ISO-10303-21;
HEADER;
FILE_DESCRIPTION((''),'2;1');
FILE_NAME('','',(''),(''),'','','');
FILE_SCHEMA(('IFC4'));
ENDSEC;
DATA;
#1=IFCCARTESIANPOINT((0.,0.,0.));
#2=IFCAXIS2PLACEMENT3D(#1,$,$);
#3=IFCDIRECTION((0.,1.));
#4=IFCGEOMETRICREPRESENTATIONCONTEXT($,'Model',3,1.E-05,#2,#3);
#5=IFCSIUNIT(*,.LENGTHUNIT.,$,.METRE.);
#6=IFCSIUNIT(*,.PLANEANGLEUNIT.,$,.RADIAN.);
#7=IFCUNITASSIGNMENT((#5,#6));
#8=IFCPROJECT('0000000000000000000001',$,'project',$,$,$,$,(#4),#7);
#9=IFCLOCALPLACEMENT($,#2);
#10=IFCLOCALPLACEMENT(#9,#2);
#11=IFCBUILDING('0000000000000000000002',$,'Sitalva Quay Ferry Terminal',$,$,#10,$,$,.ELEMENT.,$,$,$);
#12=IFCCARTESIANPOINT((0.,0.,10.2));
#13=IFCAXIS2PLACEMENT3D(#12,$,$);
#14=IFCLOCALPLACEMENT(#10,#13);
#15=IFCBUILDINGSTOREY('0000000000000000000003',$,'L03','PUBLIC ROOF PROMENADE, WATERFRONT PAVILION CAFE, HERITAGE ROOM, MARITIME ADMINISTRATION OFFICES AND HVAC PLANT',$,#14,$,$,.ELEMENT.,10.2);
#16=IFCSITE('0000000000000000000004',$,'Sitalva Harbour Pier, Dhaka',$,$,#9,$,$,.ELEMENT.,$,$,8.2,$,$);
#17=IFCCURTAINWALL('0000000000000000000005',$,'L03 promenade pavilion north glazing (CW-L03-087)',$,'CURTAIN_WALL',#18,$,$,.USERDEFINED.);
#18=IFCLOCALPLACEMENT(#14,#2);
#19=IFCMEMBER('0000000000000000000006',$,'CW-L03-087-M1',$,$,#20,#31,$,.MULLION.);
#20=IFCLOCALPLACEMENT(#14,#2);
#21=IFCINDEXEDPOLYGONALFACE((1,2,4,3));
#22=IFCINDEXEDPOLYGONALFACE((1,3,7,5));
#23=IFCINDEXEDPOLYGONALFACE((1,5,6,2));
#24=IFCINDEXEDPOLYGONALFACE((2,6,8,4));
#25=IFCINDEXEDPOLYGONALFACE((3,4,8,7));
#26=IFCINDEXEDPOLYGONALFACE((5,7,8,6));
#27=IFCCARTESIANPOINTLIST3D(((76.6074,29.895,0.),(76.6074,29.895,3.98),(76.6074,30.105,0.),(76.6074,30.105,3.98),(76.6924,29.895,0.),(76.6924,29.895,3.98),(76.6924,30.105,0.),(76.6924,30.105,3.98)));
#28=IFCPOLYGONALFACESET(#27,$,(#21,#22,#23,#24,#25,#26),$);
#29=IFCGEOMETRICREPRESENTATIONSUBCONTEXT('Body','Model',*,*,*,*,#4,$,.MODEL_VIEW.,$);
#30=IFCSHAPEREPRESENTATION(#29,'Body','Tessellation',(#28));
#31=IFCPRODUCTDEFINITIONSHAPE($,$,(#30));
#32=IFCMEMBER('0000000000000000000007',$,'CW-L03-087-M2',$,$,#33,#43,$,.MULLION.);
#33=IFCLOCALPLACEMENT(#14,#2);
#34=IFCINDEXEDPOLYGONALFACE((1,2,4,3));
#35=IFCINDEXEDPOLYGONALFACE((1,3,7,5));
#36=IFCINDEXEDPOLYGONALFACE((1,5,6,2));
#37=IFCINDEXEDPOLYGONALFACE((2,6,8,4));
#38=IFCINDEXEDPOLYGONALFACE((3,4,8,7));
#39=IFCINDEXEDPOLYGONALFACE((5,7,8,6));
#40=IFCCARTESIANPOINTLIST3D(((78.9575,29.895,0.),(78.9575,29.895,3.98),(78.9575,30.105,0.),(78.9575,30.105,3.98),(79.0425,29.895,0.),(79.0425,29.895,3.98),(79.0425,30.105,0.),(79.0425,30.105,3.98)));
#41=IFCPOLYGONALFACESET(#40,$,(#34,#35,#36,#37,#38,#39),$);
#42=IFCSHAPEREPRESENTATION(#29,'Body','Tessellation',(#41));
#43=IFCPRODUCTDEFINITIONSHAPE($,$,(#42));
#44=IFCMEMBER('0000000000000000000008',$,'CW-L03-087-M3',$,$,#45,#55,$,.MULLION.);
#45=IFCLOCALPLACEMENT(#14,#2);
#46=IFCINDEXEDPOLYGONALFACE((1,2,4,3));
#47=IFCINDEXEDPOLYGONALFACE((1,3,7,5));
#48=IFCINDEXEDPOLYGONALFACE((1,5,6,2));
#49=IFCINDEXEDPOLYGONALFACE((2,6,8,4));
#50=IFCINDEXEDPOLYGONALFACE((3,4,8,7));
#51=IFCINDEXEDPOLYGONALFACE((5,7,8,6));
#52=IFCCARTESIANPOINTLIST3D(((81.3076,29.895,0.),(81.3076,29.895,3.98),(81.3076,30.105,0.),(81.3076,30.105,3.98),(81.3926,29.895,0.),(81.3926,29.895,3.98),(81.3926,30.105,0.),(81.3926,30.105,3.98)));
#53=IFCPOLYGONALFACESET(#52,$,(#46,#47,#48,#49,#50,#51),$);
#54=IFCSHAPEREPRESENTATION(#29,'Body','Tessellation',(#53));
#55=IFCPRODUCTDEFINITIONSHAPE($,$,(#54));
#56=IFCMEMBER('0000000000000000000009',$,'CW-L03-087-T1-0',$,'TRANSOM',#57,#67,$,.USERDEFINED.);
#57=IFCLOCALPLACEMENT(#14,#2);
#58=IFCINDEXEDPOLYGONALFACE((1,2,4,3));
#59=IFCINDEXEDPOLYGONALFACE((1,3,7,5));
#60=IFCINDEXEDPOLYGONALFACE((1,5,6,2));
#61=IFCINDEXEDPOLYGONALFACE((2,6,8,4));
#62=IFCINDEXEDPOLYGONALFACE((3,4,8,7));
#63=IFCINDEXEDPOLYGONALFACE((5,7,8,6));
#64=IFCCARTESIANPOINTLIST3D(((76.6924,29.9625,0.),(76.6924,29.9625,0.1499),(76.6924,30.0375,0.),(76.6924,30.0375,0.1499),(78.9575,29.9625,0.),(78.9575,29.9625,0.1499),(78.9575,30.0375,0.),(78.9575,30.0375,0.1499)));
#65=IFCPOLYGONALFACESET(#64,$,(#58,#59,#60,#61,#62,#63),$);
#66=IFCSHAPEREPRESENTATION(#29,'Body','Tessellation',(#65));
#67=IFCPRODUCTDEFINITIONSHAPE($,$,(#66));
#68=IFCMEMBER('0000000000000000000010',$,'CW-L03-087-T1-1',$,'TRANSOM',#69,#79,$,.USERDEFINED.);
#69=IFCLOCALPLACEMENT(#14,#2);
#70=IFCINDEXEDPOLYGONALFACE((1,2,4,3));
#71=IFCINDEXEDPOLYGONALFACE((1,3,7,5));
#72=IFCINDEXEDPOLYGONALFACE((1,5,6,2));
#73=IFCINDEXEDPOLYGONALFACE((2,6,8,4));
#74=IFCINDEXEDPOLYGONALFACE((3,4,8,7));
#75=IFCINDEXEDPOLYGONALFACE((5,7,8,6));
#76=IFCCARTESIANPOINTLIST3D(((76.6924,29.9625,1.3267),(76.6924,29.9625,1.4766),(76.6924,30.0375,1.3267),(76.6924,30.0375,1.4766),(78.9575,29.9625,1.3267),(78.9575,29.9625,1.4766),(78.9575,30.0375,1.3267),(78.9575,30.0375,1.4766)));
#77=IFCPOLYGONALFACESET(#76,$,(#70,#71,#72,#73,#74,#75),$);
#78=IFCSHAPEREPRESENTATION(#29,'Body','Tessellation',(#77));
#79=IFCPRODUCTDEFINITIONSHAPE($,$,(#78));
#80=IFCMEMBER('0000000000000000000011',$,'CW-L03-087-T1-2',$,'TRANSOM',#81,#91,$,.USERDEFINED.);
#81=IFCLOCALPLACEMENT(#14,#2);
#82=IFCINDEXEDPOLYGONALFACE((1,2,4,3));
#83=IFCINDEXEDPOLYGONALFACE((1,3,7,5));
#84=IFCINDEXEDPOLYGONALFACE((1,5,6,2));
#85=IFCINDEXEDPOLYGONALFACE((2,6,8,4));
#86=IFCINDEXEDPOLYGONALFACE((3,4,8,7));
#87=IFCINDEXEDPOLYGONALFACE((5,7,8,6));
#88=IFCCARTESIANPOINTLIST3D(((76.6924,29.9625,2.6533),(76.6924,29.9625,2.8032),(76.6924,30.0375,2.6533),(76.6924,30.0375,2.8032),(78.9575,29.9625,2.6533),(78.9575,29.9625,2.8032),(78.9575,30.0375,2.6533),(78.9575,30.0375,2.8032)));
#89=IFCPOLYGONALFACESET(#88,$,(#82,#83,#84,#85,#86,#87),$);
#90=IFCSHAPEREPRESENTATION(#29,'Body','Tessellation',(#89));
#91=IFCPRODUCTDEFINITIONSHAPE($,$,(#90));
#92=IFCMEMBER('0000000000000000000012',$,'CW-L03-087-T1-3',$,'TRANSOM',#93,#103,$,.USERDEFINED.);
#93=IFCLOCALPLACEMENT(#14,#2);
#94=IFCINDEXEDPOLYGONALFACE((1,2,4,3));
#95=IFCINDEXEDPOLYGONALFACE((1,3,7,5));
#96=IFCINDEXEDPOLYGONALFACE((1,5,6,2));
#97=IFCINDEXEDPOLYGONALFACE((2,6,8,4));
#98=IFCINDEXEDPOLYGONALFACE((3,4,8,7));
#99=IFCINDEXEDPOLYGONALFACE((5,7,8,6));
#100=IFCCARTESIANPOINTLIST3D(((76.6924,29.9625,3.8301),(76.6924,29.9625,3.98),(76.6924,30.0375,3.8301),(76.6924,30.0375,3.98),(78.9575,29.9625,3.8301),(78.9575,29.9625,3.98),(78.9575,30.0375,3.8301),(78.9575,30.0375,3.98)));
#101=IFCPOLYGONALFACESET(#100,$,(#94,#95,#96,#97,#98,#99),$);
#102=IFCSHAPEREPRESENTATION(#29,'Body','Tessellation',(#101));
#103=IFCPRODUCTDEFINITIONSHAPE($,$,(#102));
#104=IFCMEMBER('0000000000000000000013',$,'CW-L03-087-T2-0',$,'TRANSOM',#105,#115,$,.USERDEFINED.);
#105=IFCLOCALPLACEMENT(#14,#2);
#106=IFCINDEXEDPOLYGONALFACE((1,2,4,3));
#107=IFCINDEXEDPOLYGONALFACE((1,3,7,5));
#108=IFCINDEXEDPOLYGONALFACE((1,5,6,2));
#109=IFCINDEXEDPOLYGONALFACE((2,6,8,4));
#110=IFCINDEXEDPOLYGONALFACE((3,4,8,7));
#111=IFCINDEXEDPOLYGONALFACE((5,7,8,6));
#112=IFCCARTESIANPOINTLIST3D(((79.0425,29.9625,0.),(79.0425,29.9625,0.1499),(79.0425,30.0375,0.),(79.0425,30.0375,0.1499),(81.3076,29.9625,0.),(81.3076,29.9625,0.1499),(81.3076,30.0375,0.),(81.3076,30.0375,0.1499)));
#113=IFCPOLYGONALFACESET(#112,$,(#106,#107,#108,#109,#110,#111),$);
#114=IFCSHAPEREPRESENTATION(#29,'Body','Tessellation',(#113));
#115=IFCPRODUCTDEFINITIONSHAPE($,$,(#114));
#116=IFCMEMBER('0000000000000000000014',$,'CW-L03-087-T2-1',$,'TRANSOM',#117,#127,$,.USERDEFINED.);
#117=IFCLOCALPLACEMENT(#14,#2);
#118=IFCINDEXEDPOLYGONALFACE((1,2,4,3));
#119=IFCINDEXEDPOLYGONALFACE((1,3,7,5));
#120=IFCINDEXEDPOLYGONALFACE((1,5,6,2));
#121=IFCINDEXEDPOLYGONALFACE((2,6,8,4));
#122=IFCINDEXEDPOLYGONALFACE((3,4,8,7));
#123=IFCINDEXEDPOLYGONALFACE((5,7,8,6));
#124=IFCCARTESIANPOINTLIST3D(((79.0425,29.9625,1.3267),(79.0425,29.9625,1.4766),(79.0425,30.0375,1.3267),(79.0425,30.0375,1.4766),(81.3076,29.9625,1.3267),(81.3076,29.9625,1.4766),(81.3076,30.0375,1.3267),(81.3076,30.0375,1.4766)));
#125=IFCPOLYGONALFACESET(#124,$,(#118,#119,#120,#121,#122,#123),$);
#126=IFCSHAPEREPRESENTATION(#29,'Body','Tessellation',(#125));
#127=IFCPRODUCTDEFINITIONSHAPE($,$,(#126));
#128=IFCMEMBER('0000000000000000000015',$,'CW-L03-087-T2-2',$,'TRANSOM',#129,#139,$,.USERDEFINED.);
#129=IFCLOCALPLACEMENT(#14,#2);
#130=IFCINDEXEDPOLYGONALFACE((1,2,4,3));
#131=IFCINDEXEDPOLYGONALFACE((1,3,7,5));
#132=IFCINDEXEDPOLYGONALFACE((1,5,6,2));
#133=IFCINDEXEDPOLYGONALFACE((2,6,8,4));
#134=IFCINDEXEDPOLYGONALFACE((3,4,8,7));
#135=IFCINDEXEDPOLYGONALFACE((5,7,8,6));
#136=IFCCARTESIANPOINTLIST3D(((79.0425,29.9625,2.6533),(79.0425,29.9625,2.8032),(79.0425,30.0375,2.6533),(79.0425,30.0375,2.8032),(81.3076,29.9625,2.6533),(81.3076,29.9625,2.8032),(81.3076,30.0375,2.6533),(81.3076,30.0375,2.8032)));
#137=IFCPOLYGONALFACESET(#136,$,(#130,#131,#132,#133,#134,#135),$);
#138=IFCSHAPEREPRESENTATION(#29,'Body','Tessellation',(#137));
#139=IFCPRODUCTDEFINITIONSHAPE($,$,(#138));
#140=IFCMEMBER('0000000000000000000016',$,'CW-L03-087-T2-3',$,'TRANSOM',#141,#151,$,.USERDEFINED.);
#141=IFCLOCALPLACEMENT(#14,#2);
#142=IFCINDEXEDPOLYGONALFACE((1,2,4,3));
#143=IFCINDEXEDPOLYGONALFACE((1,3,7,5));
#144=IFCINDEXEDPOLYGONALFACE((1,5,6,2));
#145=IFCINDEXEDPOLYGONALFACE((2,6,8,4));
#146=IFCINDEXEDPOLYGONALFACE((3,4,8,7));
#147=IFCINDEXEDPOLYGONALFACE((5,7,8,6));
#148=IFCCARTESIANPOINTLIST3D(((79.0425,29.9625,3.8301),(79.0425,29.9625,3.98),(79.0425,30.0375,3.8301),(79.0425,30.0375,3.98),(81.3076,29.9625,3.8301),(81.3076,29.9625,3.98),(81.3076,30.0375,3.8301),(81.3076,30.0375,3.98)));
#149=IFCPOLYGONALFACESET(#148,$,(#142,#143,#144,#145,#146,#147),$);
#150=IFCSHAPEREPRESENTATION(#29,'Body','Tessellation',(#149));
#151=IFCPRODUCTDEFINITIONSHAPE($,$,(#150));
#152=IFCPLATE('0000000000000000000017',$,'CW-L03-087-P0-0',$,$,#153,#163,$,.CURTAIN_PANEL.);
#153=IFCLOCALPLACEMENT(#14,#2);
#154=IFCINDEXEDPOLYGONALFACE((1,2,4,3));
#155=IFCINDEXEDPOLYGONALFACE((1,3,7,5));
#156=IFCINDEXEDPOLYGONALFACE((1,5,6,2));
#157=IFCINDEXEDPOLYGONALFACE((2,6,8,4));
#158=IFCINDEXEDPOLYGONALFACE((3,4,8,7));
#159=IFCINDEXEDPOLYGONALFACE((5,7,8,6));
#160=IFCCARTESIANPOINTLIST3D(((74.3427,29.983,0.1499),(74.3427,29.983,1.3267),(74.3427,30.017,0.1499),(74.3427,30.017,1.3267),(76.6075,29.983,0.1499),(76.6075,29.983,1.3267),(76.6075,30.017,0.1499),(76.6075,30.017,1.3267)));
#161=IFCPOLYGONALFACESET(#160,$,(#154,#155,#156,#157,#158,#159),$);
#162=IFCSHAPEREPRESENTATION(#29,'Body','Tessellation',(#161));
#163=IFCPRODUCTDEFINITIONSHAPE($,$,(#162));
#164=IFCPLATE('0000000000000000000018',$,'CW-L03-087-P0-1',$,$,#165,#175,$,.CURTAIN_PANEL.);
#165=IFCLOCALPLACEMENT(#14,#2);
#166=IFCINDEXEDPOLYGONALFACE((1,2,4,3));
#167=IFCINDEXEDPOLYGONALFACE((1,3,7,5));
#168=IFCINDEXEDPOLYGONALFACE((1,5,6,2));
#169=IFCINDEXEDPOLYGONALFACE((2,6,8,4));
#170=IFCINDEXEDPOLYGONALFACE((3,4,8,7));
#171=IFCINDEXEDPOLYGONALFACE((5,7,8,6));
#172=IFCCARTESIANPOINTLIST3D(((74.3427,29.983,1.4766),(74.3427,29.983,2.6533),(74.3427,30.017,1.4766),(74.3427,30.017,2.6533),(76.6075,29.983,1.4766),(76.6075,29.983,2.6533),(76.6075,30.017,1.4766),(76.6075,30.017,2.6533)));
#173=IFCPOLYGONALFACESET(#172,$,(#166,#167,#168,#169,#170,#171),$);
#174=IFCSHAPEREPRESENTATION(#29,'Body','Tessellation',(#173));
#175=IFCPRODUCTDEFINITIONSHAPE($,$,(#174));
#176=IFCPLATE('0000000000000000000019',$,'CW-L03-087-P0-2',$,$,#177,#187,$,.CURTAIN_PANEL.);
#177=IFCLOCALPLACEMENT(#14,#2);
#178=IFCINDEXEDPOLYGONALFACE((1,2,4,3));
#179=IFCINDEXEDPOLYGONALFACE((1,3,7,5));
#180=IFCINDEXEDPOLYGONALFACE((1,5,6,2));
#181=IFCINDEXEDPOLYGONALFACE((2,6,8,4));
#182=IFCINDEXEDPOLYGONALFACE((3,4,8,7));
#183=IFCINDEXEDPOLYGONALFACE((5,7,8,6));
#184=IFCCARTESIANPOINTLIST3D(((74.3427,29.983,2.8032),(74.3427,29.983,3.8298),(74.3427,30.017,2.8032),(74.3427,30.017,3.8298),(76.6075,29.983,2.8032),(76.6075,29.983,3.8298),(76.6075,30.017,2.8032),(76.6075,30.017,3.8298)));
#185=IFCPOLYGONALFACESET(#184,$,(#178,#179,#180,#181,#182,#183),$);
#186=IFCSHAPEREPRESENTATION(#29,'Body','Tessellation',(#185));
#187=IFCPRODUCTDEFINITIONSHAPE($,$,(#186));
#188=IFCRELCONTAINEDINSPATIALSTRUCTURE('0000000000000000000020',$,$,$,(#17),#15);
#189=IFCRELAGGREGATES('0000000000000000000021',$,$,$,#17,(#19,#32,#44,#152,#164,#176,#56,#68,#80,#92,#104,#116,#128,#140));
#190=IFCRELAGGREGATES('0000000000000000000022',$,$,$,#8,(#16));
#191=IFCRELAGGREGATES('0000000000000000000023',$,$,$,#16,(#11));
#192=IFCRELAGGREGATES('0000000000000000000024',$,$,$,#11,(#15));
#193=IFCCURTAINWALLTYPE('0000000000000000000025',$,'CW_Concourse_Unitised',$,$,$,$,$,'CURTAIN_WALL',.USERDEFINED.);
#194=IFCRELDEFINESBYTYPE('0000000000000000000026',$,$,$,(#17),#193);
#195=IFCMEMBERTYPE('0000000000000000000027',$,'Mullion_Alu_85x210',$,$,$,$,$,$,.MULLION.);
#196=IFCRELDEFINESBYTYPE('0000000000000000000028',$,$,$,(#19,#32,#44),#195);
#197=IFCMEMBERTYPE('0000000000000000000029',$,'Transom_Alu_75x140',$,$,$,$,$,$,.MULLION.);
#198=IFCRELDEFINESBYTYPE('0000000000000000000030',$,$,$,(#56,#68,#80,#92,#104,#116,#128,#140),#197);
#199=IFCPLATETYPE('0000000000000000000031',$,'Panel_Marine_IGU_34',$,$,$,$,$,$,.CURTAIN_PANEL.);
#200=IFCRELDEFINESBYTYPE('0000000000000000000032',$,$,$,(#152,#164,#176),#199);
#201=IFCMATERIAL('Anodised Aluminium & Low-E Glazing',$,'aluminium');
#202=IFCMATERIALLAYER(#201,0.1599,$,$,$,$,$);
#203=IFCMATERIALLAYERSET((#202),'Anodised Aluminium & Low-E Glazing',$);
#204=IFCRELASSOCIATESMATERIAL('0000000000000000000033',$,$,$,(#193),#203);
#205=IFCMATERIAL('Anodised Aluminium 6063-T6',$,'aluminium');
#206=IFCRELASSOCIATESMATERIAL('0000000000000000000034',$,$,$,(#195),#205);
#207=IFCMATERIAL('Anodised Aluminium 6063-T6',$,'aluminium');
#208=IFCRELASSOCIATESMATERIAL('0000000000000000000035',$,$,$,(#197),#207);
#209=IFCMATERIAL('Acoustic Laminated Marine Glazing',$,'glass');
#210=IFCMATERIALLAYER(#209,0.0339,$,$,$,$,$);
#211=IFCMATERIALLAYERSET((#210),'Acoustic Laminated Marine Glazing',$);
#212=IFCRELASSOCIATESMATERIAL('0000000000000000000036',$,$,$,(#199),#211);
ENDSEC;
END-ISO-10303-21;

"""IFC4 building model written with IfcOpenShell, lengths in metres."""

from ifc_helpers import new_model, si_unit, direction, frame, origin, origin_2d, place, context, subcontext, project, spatial, rectangle, extrude, material, layer, layer_set, material_profile, profile_set, type_object, element, aggregate, save


model = new_model("IFC4")

# Units and contexts
model_context = context("Model", 3, precision=1e-05, world=origin(), true_north=direction((0.0, 1.0)))
body_context = subcontext(model_context, "Body", "Model", "MODEL_VIEW")
ifc_project = project(units=[si_unit("LENGTHUNIT", "METRE"), si_unit("PLANEANGLEUNIT", "RADIAN")], contexts=[model_context])

# Site, building, storey
site_placement = place(None, origin())
site = spatial("IfcSite", under=ifc_project, at=site_placement, Name="Sitalva Harbour Pier, Dhaka", CompositionType="ELEMENT", RefElevation=8.2)
building_placement = place(site_placement, origin())
building = spatial("IfcBuilding", under=site, at=building_placement, Name="Sitalva Quay Ferry Terminal", CompositionType="ELEMENT")
storey_placement = place(building_placement, frame((0.0, 0.0, 10.2)))
storey = spatial("IfcBuildingStorey", under=building, at=storey_placement, Name="L03", Description="PUBLIC ROOF PROMENADE, WATERFRONT PAVILION CAFE, HERITAGE ROOM, MARITIME ADMINISTRATION OFFICES AND HVAC PLANT", CompositionType="ELEMENT", Elevation=10.2)

# Curtain wall, members, plates
ifc_material_1 = material(Name="Anodised Aluminium & Low-E Glazing", Category="aluminium")
ifc_layer_1 = layer(ifc_material_1, 0.1599)
ifc_layer_set_1 = layer_set([ifc_layer_1], Name="Anodised Aluminium & Low-E Glazing")
curtain_wall_type = type_object("IfcCurtainWallType", Name="CW_Concourse_Unitised", ElementType="CURTAIN_WALL", PredefinedType="USERDEFINED", material=ifc_layer_set_1)
curtain_wall_placement = place(storey_placement, origin())
curtain_wall = element("IfcCurtainWall", 1, at=curtain_wall_placement, inside=storey, type_object=curtain_wall_type, Name="L03 promenade pavilion north glazing (CW-L03-087)", ObjectType="CURTAIN_WALL", PredefinedType="USERDEFINED")
ifc_material_2 = material(Name="Anodised Aluminium 6063-T6", Category="aluminium")
ifc_material_profile_1 = material_profile(ifc_material_2, rectangle(XDim=0.085, YDim=0.21, at=origin_2d()), Name="ALU85x210")
ifc_profile_set_1 = profile_set([ifc_material_profile_1], Name="Anodised Aluminium 6063-T6")
member_type_1 = type_object("IfcMemberType", Name="Mullion_Alu_85x210", PredefinedType="MULLION", material=ifc_profile_set_1)
member_1_placement = place(storey_placement, frame((76.6499, 30.0, 0.0), z_axis=(0.0, 0.0, 1.0), x_axis=(1.0, 0.0, 0.0)))
member_1 = element("IfcMember", 2, at=member_1_placement, type_object=member_type_1, Name="CW-L03-087-M1", PredefinedType="MULLION", context=body_context, shape_type="SweptSolid", body=[
    extrude(rectangle(XDim=0.085, YDim=0.21, at=origin_2d()), origin(), (0.0, 0.0, 1.0), 3.98),
])
member_2_placement = place(storey_placement, frame((79.0, 30.0, 0.0), z_axis=(0.0, 0.0, 1.0), x_axis=(1.0, 0.0, 0.0)))
member_2 = element("IfcMember", 3, at=member_2_placement, type_object=member_type_1, Name="CW-L03-087-M2", PredefinedType="MULLION", context=body_context, shape_type="SweptSolid", body=[
    extrude(rectangle(XDim=0.085, YDim=0.21, at=origin_2d()), origin(), (0.0, 0.0, 1.0), 3.98),
])
member_3_placement = place(storey_placement, frame((81.3501, 30.0, 0.0), z_axis=(0.0, 0.0, 1.0), x_axis=(1.0, 0.0, 0.0)))
member_3 = element("IfcMember", 4, at=member_3_placement, type_object=member_type_1, Name="CW-L03-087-M3", PredefinedType="MULLION", context=body_context, shape_type="SweptSolid", body=[
    extrude(rectangle(XDim=0.085, YDim=0.21, at=origin_2d()), origin(), (0.0, 0.0, 1.0), 3.98),
])
ifc_material_3 = material(Name="Anodised Aluminium 6063-T6", Category="aluminium")
ifc_material_profile_2 = material_profile(ifc_material_3, rectangle(XDim=0.075, YDim=0.1499, at=origin_2d()), Name="ALU75x150")
ifc_profile_set_2 = profile_set([ifc_material_profile_2], Name="Anodised Aluminium 6063-T6")
member_type_2 = type_object("IfcMemberType", Name="Transom_Alu_75x140", PredefinedType="MULLION", material=ifc_profile_set_2)
member_4_placement = place(storey_placement, frame((76.6924, 30.0, 0.075), z_axis=(1.0, 0.0, 0.0), x_axis=(0.0, 1.0, 0.0)))
member_4 = element("IfcMember", 5, at=member_4_placement, type_object=member_type_2, Name="CW-L03-087-T1-0", ObjectType="TRANSOM", PredefinedType="USERDEFINED", context=body_context, shape_type="SweptSolid", body=[
    extrude(rectangle(XDim=0.075, YDim=0.1499, at=origin_2d()), origin(), (0.0, 0.0, 1.0), 2.2651),
])
member_5_placement = place(storey_placement, frame((76.6924, 30.0, 1.4016), z_axis=(1.0, 0.0, 0.0), x_axis=(0.0, 1.0, 0.0)))
member_5 = element("IfcMember", 6, at=member_5_placement, type_object=member_type_2, Name="CW-L03-087-T1-1", ObjectType="TRANSOM", PredefinedType="USERDEFINED", context=body_context, shape_type="SweptSolid", body=[
    extrude(rectangle(XDim=0.075, YDim=0.1499, at=origin_2d()), origin(), (0.0, 0.0, 1.0), 2.2651),
])
member_6_placement = place(storey_placement, frame((76.6924, 30.0, 2.7283), z_axis=(1.0, 0.0, 0.0), x_axis=(0.0, 1.0, 0.0)))
member_6 = element("IfcMember", 7, at=member_6_placement, type_object=member_type_2, Name="CW-L03-087-T1-2", ObjectType="TRANSOM", PredefinedType="USERDEFINED", context=body_context, shape_type="SweptSolid", body=[
    extrude(rectangle(XDim=0.075, YDim=0.1499, at=origin_2d()), origin(), (0.0, 0.0, 1.0), 2.2651),
])
member_7_placement = place(storey_placement, frame((76.6924, 30.0, 3.905), z_axis=(1.0, 0.0, 0.0), x_axis=(0.0, 1.0, 0.0)))
member_7 = element("IfcMember", 8, at=member_7_placement, type_object=member_type_2, Name="CW-L03-087-T1-3", ObjectType="TRANSOM", PredefinedType="USERDEFINED", context=body_context, shape_type="SweptSolid", body=[
    extrude(rectangle(XDim=0.075, YDim=0.1499, at=origin_2d()), origin(), (0.0, 0.0, 1.0), 2.2651),
])
member_8_placement = place(storey_placement, frame((79.0425, 30.0, 0.075), z_axis=(1.0, 0.0, 0.0), x_axis=(0.0, 1.0, 0.0)))
member_8 = element("IfcMember", 9, at=member_8_placement, type_object=member_type_2, Name="CW-L03-087-T2-0", ObjectType="TRANSOM", PredefinedType="USERDEFINED", context=body_context, shape_type="SweptSolid", body=[
    extrude(rectangle(XDim=0.075, YDim=0.1499, at=origin_2d()), origin(), (0.0, 0.0, 1.0), 2.2651),
])
member_9_placement = place(storey_placement, frame((79.0425, 30.0, 1.4016), z_axis=(1.0, 0.0, 0.0), x_axis=(0.0, 1.0, 0.0)))
member_9 = element("IfcMember", 10, at=member_9_placement, type_object=member_type_2, Name="CW-L03-087-T2-1", ObjectType="TRANSOM", PredefinedType="USERDEFINED", context=body_context, shape_type="SweptSolid", body=[
    extrude(rectangle(XDim=0.075, YDim=0.1499, at=origin_2d()), origin(), (0.0, 0.0, 1.0), 2.2651),
])
member_10_placement = place(storey_placement, frame((79.0425, 30.0, 2.7283), z_axis=(1.0, 0.0, 0.0), x_axis=(0.0, 1.0, 0.0)))
member_10 = element("IfcMember", 11, at=member_10_placement, type_object=member_type_2, Name="CW-L03-087-T2-2", ObjectType="TRANSOM", PredefinedType="USERDEFINED", context=body_context, shape_type="SweptSolid", body=[
    extrude(rectangle(XDim=0.075, YDim=0.1499, at=origin_2d()), origin(), (0.0, 0.0, 1.0), 2.2651),
])
member_11_placement = place(storey_placement, frame((79.0425, 30.0, 3.905), z_axis=(1.0, 0.0, 0.0), x_axis=(0.0, 1.0, 0.0)))
member_11 = element("IfcMember", 12, at=member_11_placement, type_object=member_type_2, Name="CW-L03-087-T2-3", ObjectType="TRANSOM", PredefinedType="USERDEFINED", context=body_context, shape_type="SweptSolid", body=[
    extrude(rectangle(XDim=0.075, YDim=0.1499, at=origin_2d()), origin(), (0.0, 0.0, 1.0), 2.2651),
])
ifc_material_4 = material(Name="Acoustic Laminated Marine Glazing", Category="glass")
ifc_layer_2 = layer(ifc_material_4, 0.0339)
ifc_layer_set_2 = layer_set([ifc_layer_2], Name="Acoustic Laminated Marine Glazing")
plate_type = type_object("IfcPlateType", Name="Panel_Marine_IGU_34", PredefinedType="CURTAIN_PANEL", material=ifc_layer_set_2)
plate_1_placement = place(storey_placement, frame((75.4751, 30.0, 0.1499), z_axis=(0.0, 0.0, 1.0), x_axis=(1.0, 0.0, 0.0)))
plate_1 = element("IfcPlate", 13, at=plate_1_placement, type_object=plate_type, Name="CW-L03-087-P0-0", PredefinedType="CURTAIN_PANEL", context=body_context, shape_type="SweptSolid", body=[
    extrude(rectangle(XDim=2.2649, YDim=0.0339, at=origin_2d()), origin(), (0.0, 0.0, 1.0), 1.1768),
])
plate_2_placement = place(storey_placement, frame((75.4751, 30.0, 1.4766), z_axis=(0.0, 0.0, 1.0), x_axis=(1.0, 0.0, 0.0)))
plate_2 = element("IfcPlate", 14, at=plate_2_placement, type_object=plate_type, Name="CW-L03-087-P0-1", PredefinedType="CURTAIN_PANEL", context=body_context, shape_type="SweptSolid", body=[
    extrude(rectangle(XDim=2.2649, YDim=0.0339, at=origin_2d()), origin(), (0.0, 0.0, 1.0), 1.1768),
])
plate_3_placement = place(storey_placement, frame((75.4751, 30.0, 2.8032), z_axis=(0.0, 0.0, 1.0), x_axis=(1.0, 0.0, 0.0)))
plate_3 = element("IfcPlate", 15, at=plate_3_placement, type_object=plate_type, Name="CW-L03-087-P0-2", PredefinedType="CURTAIN_PANEL", context=body_context, shape_type="SweptSolid", body=[
    extrude(rectangle(XDim=2.2649, YDim=0.0339, at=origin_2d()), origin(), (0.0, 0.0, 1.0), 1.0266),
])
aggregate(curtain_wall, [member_1, member_2, member_3, plate_1, plate_2, plate_3, member_4, member_5, member_6, member_7, member_8, member_9, member_10, member_11])

save(model, "model.ifc")
